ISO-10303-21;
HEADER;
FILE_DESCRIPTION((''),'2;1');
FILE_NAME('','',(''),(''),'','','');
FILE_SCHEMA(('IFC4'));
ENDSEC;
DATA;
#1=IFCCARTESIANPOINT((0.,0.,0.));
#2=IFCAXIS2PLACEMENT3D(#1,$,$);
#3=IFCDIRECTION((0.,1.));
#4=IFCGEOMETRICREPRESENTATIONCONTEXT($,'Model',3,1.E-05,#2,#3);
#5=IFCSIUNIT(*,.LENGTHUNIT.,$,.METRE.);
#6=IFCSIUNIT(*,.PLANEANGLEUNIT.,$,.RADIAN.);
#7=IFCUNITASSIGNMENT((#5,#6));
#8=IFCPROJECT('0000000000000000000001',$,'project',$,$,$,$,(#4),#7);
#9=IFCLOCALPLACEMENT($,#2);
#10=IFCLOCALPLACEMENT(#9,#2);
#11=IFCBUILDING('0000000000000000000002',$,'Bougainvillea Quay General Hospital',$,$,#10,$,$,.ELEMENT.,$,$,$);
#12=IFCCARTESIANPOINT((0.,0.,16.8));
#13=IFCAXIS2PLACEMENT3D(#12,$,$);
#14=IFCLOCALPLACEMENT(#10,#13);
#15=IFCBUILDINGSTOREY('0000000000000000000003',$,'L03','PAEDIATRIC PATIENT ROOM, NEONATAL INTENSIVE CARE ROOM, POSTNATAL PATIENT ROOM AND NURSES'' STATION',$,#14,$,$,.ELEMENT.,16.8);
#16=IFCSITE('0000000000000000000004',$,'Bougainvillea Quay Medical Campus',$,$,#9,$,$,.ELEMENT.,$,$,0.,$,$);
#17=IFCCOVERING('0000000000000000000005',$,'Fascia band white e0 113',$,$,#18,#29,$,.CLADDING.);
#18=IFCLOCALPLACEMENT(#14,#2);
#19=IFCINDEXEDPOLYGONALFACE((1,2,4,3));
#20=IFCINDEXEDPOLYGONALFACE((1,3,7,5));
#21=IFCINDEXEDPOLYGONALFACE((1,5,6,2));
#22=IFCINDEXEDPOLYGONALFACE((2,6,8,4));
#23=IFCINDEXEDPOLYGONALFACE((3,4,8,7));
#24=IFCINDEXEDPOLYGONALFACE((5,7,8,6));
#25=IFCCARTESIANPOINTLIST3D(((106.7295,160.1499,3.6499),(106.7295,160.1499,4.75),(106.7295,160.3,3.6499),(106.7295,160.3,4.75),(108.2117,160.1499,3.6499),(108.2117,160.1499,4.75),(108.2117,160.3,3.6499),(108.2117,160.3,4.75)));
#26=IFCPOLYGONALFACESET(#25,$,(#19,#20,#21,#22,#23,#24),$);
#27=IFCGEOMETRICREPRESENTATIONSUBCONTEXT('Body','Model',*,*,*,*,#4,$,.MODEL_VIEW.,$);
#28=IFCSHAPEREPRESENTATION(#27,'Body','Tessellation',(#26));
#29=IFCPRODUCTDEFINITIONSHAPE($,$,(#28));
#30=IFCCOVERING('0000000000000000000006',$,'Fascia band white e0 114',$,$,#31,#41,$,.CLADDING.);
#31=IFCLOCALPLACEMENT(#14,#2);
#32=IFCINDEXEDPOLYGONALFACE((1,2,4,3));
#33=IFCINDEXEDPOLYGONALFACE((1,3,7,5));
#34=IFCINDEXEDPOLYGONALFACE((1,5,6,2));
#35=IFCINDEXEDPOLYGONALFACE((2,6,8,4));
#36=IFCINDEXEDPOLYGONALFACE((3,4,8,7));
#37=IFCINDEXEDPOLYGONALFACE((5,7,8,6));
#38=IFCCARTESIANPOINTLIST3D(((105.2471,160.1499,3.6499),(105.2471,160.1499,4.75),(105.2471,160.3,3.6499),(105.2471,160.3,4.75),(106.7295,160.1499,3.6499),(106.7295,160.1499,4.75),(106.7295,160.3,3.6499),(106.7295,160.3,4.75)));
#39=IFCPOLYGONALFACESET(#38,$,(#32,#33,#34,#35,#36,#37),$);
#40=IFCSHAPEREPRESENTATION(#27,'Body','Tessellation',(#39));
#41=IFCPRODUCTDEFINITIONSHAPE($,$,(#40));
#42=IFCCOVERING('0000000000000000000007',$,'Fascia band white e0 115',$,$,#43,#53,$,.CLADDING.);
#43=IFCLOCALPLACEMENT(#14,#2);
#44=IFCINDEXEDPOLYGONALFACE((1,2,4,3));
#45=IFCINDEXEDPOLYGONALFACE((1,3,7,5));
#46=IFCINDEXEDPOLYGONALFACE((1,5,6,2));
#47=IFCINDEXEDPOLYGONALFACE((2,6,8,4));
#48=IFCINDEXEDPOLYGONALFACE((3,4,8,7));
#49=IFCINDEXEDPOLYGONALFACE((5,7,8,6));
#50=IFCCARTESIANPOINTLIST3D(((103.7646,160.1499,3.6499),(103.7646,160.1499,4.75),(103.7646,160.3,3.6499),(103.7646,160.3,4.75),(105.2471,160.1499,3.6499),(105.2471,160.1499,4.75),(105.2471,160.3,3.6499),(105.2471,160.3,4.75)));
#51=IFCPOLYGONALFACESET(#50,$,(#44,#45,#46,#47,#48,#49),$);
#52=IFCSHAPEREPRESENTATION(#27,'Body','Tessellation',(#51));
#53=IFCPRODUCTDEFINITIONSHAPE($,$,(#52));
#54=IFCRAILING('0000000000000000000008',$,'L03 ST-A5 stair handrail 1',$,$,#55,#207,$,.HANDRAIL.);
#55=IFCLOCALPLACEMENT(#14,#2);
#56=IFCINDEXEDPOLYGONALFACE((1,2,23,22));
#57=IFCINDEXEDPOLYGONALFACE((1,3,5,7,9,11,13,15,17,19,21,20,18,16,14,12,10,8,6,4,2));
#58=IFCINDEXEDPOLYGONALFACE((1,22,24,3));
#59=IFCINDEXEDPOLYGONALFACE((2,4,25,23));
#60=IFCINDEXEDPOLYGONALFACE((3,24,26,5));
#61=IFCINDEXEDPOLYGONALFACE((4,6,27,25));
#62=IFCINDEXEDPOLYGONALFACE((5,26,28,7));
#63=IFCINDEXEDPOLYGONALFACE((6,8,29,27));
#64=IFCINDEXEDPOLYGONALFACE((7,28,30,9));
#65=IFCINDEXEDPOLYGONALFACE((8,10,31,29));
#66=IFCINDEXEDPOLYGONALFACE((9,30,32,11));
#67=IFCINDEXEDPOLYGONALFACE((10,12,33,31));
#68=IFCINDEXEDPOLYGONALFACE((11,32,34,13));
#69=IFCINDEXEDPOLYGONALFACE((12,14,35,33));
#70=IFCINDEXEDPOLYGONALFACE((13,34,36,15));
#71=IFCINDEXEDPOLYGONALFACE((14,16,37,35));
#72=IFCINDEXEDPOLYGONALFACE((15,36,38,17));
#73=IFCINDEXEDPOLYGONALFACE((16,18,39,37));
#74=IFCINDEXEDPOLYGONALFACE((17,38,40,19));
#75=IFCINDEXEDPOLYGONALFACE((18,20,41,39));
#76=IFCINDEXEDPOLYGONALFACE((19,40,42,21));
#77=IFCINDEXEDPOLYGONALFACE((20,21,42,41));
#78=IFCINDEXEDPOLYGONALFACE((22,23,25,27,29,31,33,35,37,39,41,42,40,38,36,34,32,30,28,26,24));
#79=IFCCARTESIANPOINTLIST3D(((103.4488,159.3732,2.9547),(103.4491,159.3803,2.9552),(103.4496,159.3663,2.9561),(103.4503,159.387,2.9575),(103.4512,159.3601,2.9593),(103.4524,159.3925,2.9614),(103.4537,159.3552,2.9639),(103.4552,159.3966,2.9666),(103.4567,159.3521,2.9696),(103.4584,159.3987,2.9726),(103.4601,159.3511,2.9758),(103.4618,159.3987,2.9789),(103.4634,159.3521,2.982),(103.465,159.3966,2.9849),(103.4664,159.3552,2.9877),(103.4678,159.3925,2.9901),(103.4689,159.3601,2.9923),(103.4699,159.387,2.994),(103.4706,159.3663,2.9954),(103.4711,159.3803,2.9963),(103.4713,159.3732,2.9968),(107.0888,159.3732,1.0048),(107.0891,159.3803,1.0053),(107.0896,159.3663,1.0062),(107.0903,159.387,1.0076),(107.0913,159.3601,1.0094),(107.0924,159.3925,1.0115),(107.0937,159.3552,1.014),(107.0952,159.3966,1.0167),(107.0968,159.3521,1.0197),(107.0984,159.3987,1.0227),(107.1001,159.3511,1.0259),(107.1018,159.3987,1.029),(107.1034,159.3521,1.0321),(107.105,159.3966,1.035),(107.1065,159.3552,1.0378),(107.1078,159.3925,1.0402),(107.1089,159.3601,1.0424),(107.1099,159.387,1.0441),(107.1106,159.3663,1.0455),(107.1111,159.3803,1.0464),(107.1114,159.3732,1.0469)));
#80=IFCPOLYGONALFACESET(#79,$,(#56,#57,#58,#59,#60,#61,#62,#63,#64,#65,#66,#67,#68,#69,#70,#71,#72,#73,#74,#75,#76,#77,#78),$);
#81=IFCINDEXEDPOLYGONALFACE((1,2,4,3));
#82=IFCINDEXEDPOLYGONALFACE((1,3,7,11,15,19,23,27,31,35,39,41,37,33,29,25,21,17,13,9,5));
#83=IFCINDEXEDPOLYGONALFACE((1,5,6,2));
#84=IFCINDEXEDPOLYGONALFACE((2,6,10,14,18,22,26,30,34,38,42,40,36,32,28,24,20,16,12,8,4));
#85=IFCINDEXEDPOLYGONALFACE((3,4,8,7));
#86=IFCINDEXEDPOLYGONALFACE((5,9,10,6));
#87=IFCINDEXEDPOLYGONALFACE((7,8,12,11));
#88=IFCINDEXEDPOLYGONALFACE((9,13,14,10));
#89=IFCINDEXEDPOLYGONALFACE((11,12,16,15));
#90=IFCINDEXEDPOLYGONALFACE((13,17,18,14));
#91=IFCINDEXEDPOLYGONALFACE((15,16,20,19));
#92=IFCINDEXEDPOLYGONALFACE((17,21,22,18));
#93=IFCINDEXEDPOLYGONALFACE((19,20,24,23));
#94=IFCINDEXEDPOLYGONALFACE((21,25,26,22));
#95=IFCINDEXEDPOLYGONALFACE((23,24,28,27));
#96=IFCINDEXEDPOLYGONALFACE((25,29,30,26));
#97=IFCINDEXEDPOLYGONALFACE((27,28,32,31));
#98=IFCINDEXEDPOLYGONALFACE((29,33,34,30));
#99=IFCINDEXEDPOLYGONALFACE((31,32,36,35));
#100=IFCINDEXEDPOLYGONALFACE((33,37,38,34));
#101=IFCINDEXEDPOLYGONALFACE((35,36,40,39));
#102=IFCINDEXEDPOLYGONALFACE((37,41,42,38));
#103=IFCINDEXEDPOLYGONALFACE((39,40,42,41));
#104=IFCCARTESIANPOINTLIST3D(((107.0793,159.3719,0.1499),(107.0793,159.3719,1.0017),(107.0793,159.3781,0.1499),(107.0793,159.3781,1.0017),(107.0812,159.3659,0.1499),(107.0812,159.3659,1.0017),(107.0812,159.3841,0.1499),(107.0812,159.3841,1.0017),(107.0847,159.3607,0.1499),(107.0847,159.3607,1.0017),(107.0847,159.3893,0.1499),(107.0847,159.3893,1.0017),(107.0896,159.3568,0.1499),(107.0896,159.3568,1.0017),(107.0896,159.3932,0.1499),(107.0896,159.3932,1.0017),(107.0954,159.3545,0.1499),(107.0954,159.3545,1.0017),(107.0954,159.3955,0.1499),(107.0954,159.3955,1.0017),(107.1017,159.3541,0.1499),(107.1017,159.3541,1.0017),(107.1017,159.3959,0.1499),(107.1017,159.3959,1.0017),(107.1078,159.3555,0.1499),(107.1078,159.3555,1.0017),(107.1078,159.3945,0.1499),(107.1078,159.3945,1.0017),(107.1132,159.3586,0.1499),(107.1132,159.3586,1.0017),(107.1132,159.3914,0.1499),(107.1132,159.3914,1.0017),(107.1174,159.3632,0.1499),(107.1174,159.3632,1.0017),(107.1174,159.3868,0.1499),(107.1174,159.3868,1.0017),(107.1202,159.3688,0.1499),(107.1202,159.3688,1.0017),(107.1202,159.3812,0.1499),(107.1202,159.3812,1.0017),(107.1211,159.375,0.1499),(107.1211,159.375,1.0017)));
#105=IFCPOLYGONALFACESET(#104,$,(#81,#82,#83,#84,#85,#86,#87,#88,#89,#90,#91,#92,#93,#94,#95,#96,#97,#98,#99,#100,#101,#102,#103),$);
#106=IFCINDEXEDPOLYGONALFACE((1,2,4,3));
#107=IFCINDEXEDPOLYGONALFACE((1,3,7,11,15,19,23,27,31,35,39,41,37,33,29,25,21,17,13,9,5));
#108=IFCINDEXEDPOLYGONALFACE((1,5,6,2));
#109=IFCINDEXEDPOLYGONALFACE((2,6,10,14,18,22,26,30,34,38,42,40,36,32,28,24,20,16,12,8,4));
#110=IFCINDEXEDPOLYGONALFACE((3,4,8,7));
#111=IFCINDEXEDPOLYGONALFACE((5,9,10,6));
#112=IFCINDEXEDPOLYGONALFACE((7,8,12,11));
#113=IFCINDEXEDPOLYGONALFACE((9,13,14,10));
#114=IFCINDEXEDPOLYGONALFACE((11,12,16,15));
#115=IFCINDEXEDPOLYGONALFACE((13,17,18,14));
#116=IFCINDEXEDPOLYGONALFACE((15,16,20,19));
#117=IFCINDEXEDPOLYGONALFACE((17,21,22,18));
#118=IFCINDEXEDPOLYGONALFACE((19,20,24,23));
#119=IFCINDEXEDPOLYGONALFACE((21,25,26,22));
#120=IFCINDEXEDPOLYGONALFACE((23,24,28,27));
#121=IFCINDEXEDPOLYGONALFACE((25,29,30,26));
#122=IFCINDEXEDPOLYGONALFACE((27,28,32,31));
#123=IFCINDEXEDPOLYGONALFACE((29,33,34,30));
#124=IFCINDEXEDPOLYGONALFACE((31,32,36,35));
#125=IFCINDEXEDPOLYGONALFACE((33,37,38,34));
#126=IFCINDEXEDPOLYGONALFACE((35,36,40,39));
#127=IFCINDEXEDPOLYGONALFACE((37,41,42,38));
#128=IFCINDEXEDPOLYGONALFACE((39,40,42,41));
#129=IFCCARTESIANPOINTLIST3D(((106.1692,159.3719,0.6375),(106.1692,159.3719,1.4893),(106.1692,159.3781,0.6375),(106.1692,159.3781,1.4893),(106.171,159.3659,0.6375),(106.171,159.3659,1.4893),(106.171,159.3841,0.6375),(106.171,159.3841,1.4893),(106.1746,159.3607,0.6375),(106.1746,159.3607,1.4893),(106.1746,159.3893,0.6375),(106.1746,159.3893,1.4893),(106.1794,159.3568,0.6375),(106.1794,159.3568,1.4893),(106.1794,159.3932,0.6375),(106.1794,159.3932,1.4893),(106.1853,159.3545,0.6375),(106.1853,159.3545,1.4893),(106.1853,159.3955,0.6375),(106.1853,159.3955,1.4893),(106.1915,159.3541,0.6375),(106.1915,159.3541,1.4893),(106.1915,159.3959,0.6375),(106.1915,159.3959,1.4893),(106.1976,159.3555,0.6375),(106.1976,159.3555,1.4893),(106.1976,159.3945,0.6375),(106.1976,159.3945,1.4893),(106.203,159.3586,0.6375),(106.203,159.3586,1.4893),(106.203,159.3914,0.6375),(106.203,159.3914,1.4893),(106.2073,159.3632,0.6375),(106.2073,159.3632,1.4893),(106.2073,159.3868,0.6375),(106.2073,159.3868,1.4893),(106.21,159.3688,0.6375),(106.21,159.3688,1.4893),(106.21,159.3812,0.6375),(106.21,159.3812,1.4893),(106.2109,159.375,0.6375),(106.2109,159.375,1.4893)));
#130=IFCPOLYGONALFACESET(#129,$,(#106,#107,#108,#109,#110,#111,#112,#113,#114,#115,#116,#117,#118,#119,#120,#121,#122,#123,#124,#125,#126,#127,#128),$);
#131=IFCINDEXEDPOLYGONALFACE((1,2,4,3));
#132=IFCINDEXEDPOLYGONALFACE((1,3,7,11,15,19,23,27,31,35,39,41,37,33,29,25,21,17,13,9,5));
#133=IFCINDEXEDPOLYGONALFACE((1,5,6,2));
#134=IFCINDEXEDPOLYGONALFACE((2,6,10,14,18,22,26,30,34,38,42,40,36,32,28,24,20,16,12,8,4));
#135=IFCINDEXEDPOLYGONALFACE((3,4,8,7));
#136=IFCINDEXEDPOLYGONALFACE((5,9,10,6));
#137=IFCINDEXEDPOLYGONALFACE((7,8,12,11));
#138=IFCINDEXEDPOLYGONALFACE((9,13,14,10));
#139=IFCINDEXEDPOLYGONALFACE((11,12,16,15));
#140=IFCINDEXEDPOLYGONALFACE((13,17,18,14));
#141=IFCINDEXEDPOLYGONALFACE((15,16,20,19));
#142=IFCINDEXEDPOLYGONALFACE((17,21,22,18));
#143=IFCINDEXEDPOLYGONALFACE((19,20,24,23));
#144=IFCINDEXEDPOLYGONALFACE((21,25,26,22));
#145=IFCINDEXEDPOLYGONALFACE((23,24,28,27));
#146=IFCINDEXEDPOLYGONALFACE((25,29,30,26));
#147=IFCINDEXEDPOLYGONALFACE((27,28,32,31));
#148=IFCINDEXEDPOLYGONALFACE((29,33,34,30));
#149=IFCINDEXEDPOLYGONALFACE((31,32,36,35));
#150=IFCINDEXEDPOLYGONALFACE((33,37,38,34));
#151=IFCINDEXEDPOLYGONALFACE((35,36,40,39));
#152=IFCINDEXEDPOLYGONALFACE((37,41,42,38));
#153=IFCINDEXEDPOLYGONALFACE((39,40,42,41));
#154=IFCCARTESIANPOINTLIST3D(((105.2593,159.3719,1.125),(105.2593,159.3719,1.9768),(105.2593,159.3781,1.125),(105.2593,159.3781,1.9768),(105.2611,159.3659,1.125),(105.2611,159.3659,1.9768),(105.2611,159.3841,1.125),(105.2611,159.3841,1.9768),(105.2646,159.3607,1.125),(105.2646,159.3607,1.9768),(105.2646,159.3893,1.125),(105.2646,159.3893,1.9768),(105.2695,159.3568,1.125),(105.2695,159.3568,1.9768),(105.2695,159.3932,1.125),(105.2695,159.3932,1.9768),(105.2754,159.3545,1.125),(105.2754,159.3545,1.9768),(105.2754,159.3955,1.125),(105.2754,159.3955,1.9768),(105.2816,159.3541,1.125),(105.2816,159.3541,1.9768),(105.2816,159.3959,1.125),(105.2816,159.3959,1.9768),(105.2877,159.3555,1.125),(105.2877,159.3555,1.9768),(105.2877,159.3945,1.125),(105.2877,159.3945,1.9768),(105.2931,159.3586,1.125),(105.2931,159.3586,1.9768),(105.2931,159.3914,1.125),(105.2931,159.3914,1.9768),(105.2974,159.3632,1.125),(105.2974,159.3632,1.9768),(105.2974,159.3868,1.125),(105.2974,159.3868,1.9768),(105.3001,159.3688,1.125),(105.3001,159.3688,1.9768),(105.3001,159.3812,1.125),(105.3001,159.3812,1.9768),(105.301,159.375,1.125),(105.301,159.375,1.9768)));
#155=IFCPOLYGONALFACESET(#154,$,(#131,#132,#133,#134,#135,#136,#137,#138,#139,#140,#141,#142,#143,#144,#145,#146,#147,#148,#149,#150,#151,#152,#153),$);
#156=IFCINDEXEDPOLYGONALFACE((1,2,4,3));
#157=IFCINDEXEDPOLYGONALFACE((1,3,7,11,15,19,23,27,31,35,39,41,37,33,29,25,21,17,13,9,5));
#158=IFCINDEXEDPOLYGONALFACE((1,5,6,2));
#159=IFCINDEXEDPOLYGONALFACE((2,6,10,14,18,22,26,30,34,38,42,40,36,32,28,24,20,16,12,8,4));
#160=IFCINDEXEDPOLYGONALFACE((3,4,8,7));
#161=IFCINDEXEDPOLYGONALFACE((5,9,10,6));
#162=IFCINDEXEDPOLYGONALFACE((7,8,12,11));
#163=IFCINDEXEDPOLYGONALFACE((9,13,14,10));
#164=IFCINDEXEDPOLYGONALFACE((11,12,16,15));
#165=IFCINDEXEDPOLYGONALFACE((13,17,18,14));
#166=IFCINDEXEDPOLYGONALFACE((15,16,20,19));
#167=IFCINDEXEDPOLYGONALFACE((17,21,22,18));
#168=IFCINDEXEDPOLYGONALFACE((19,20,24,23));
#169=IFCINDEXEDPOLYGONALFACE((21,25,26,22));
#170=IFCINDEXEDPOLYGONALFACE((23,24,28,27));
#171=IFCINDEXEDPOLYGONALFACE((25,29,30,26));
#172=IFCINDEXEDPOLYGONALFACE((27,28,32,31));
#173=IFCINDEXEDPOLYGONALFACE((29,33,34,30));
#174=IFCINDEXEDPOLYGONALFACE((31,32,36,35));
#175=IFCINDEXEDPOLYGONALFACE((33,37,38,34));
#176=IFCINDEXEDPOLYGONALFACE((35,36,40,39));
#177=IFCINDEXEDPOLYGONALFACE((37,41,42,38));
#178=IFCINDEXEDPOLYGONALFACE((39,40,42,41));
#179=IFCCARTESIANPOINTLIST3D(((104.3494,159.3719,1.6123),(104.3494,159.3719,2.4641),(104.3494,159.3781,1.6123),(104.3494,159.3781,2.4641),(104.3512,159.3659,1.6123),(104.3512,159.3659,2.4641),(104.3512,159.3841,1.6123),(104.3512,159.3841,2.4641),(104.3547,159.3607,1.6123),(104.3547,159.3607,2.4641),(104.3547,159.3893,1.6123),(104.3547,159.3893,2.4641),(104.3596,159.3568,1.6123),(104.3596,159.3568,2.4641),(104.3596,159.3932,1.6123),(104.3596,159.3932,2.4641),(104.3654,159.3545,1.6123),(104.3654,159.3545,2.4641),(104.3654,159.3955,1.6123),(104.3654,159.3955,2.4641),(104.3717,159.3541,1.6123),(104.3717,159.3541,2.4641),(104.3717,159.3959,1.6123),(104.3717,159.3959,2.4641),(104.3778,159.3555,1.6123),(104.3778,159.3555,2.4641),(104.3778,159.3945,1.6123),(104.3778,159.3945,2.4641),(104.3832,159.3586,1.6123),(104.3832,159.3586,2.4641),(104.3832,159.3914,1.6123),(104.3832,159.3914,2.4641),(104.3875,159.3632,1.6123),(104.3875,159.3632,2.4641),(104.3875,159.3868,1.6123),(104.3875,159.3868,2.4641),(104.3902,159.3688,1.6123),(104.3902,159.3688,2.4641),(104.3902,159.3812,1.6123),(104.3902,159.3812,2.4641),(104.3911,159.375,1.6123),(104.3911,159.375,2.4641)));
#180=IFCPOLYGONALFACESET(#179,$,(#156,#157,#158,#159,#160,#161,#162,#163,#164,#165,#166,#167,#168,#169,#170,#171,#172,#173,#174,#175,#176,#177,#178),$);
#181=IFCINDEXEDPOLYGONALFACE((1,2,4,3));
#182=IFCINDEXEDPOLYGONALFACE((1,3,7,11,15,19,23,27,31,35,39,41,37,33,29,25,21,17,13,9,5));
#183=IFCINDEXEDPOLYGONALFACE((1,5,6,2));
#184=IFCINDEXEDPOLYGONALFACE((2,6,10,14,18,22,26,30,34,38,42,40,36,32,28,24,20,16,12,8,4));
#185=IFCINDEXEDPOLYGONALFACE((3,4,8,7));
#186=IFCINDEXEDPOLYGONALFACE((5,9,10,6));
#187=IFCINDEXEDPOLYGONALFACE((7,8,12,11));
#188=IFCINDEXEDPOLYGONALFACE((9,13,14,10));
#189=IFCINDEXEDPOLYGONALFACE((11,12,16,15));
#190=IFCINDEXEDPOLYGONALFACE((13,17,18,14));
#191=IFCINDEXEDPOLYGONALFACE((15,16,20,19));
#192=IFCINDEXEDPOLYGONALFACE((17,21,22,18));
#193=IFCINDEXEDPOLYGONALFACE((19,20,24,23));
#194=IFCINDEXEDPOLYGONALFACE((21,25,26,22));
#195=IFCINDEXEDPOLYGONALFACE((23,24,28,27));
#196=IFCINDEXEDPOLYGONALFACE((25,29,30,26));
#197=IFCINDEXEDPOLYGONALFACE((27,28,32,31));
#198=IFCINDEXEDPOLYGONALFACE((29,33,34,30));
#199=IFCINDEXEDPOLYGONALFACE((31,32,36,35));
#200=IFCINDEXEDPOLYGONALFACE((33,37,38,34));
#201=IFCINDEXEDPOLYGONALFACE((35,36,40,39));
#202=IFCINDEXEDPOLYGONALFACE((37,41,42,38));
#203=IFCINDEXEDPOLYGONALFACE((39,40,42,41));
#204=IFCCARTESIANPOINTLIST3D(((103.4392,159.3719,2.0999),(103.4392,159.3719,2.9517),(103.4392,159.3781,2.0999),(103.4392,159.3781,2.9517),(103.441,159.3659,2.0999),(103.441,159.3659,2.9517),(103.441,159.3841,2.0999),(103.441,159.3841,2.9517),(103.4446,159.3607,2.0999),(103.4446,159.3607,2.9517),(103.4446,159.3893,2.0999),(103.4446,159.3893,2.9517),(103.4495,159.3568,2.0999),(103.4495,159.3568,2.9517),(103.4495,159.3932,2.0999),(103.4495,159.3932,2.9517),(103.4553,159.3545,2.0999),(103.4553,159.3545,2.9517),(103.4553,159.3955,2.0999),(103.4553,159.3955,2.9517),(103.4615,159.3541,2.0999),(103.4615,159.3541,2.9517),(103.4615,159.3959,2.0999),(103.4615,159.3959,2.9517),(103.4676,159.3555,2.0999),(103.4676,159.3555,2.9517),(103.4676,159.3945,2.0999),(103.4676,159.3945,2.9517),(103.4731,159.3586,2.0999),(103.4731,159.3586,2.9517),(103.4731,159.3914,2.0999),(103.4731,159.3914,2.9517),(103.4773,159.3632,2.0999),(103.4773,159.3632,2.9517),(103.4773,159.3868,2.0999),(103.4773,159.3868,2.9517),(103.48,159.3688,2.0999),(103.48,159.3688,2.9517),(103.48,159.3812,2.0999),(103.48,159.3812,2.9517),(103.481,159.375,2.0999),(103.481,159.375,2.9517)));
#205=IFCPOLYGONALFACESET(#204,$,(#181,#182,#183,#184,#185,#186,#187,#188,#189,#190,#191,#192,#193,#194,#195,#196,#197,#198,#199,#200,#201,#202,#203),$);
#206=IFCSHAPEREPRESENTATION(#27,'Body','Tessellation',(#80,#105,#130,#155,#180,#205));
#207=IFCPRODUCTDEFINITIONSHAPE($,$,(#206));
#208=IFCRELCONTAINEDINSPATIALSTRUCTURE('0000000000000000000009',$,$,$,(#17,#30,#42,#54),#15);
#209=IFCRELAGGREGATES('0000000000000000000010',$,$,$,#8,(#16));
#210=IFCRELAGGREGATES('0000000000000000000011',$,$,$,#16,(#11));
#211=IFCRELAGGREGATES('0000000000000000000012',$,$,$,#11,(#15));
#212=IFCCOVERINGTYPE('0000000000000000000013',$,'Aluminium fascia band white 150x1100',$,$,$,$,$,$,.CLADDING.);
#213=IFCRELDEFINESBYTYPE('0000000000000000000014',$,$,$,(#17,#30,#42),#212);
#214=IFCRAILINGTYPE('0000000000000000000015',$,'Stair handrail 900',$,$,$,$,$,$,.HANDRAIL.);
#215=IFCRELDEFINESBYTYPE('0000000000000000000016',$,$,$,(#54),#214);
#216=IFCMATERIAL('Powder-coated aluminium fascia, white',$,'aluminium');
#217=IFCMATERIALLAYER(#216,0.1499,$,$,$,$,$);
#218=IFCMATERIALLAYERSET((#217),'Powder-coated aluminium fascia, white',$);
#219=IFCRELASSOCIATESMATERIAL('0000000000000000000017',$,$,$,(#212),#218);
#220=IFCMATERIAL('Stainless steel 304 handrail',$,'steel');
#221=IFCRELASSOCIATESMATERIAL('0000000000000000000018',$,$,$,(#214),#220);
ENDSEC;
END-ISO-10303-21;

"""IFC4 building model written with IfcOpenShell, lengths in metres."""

from ifc_helpers import new_model, si_unit, direction, frame, origin, origin_2d, place, context, subcontext, project, spatial, polyline, circle, outline, extrude, material, layer, layer_set, type_object, element, save


model = new_model("IFC4")

# Units and contexts
model_context = context("Model", 3, precision=1e-05, world=origin(), true_north=direction((0.0, 1.0)))
body_context = subcontext(model_context, "Body", "Model", "MODEL_VIEW")
ifc_project = project(units=[si_unit("LENGTHUNIT", "METRE"), si_unit("PLANEANGLEUNIT", "RADIAN")], contexts=[model_context])

# Site, building, storey
site_placement = place(None, origin())
site = spatial("IfcSite", under=ifc_project, at=site_placement, Name="Bougainvillea Quay Medical Campus", CompositionType="ELEMENT", RefElevation=0.0)
building_placement = place(site_placement, origin())
building = spatial("IfcBuilding", under=site, at=building_placement, Name="Bougainvillea Quay General Hospital", CompositionType="ELEMENT")
storey_placement = place(building_placement, frame((0.0, 0.0, 16.8)))
storey = spatial("IfcBuildingStorey", under=building, at=storey_placement, Name="L03", Description="PAEDIATRIC PATIENT ROOM, NEONATAL INTENSIVE CARE ROOM, POSTNATAL PATIENT ROOM AND NURSES' STATION", CompositionType="ELEMENT", Elevation=16.8)

# Coverings
ifc_material_1 = material(Name="Powder-coated aluminium fascia, white", Category="aluminium")
ifc_layer_1 = layer(ifc_material_1, 0.1499)
ifc_layer_set_1 = layer_set([ifc_layer_1], Name="Powder-coated aluminium fascia, white")
covering_type = type_object("IfcCoveringType", Name="Aluminium fascia band white 150x1100", PredefinedType="CLADDING", material=ifc_layer_set_1)
covering_1_placement = place(storey_placement, frame((108.2117, 160.1499, 3.6499), z_axis=(0.0, 0.0, 1.0), x_axis=(-1.0, 0.0, 0.0)))
element("IfcCovering", 1, at=covering_1_placement, inside=storey, type_object=covering_type, Name="Fascia band white e0 113", PredefinedType="CLADDING", context=body_context, shape_type="SweptSolid", body=[
    extrude(outline(polyline([(0.0, 0.0), (1.4822, 0.0), (1.4822, -0.1501), (0.0, -0.1501), (0.0, 0.0)])), origin(), (0.0, 0.0, 1.0), 1.1001),
])
for number, where, z_axis, x_axis, name in (
    (2, (106.7295, 160.1499, 3.6499), (0.0, 0.0, 1.0), (-1.0, 0.0, 0.0), "Fascia band white e0 114"),
    (3, (105.2471, 160.1499, 3.6499), (0.0, 0.0, 1.0), (-1.0, 0.0, 0.0), "Fascia band white e0 115"),
):
    element("IfcCovering", number, at=place(storey_placement, frame(where, z_axis=z_axis, x_axis=x_axis)), inside=storey, type_object=covering_type, Name=name, PredefinedType="CLADDING", context=body_context, shape_type="SweptSolid", body=[
        extrude(outline(polyline([(0.0, 0.0), (1.4824, 0.0), (1.4824, -0.1501), (0.0, -0.1501), (0.0, 0.0)])), origin(), (0.0, 0.0, 1.0), 1.1001),
    ])

# Railing
ifc_material_2 = material(Name="Stainless steel 304 handrail", Category="steel")
railing_type = type_object("IfcRailingType", Name="Stair handrail 900", PredefinedType="HANDRAIL", material=ifc_material_2)
railing_placement = place(storey_placement, frame((107.1001, 159.375, 0.1499)))
element("IfcRailing", 4, at=railing_placement, inside=storey, type_object=railing_type, Name="L03 ST-A5 stair handrail 1", PredefinedType="HANDRAIL", context=body_context, shape_type="SweptSolid", body=[
    extrude(circle(Radius=0.0239, at=origin_2d()), frame((0.0, 0.0, 0.876), z_axis=(-0.881492, 0.0, 0.472198), x_axis=(0.0, -1.0, 0.0)), (0.0, 0.0, 1.0), 4.1294),
    extrude(circle(Radius=0.021, at=origin_2d()), origin(), (0.0, 0.0, 1.0), 0.8518),
    extrude(circle(Radius=0.021, at=origin_2d()), frame((-0.9102, 0.0, 0.4875)), (0.0, 0.0, 1.0), 0.8518),
    extrude(circle(Radius=0.021, at=origin_2d()), frame((-1.8201, 0.0, 0.9751)), (0.0, 0.0, 1.0), 0.8518),
    extrude(circle(Radius=0.021, at=origin_2d()), frame((-2.73, 0.0, 1.4624)), (0.0, 0.0, 1.0), 0.8518),
    extrude(circle(Radius=0.021, at=origin_2d()), frame((-3.6401, 0.0, 1.95)), (0.0, 0.0, 1.0), 0.8518),
])

save(model, "model.ifc")
